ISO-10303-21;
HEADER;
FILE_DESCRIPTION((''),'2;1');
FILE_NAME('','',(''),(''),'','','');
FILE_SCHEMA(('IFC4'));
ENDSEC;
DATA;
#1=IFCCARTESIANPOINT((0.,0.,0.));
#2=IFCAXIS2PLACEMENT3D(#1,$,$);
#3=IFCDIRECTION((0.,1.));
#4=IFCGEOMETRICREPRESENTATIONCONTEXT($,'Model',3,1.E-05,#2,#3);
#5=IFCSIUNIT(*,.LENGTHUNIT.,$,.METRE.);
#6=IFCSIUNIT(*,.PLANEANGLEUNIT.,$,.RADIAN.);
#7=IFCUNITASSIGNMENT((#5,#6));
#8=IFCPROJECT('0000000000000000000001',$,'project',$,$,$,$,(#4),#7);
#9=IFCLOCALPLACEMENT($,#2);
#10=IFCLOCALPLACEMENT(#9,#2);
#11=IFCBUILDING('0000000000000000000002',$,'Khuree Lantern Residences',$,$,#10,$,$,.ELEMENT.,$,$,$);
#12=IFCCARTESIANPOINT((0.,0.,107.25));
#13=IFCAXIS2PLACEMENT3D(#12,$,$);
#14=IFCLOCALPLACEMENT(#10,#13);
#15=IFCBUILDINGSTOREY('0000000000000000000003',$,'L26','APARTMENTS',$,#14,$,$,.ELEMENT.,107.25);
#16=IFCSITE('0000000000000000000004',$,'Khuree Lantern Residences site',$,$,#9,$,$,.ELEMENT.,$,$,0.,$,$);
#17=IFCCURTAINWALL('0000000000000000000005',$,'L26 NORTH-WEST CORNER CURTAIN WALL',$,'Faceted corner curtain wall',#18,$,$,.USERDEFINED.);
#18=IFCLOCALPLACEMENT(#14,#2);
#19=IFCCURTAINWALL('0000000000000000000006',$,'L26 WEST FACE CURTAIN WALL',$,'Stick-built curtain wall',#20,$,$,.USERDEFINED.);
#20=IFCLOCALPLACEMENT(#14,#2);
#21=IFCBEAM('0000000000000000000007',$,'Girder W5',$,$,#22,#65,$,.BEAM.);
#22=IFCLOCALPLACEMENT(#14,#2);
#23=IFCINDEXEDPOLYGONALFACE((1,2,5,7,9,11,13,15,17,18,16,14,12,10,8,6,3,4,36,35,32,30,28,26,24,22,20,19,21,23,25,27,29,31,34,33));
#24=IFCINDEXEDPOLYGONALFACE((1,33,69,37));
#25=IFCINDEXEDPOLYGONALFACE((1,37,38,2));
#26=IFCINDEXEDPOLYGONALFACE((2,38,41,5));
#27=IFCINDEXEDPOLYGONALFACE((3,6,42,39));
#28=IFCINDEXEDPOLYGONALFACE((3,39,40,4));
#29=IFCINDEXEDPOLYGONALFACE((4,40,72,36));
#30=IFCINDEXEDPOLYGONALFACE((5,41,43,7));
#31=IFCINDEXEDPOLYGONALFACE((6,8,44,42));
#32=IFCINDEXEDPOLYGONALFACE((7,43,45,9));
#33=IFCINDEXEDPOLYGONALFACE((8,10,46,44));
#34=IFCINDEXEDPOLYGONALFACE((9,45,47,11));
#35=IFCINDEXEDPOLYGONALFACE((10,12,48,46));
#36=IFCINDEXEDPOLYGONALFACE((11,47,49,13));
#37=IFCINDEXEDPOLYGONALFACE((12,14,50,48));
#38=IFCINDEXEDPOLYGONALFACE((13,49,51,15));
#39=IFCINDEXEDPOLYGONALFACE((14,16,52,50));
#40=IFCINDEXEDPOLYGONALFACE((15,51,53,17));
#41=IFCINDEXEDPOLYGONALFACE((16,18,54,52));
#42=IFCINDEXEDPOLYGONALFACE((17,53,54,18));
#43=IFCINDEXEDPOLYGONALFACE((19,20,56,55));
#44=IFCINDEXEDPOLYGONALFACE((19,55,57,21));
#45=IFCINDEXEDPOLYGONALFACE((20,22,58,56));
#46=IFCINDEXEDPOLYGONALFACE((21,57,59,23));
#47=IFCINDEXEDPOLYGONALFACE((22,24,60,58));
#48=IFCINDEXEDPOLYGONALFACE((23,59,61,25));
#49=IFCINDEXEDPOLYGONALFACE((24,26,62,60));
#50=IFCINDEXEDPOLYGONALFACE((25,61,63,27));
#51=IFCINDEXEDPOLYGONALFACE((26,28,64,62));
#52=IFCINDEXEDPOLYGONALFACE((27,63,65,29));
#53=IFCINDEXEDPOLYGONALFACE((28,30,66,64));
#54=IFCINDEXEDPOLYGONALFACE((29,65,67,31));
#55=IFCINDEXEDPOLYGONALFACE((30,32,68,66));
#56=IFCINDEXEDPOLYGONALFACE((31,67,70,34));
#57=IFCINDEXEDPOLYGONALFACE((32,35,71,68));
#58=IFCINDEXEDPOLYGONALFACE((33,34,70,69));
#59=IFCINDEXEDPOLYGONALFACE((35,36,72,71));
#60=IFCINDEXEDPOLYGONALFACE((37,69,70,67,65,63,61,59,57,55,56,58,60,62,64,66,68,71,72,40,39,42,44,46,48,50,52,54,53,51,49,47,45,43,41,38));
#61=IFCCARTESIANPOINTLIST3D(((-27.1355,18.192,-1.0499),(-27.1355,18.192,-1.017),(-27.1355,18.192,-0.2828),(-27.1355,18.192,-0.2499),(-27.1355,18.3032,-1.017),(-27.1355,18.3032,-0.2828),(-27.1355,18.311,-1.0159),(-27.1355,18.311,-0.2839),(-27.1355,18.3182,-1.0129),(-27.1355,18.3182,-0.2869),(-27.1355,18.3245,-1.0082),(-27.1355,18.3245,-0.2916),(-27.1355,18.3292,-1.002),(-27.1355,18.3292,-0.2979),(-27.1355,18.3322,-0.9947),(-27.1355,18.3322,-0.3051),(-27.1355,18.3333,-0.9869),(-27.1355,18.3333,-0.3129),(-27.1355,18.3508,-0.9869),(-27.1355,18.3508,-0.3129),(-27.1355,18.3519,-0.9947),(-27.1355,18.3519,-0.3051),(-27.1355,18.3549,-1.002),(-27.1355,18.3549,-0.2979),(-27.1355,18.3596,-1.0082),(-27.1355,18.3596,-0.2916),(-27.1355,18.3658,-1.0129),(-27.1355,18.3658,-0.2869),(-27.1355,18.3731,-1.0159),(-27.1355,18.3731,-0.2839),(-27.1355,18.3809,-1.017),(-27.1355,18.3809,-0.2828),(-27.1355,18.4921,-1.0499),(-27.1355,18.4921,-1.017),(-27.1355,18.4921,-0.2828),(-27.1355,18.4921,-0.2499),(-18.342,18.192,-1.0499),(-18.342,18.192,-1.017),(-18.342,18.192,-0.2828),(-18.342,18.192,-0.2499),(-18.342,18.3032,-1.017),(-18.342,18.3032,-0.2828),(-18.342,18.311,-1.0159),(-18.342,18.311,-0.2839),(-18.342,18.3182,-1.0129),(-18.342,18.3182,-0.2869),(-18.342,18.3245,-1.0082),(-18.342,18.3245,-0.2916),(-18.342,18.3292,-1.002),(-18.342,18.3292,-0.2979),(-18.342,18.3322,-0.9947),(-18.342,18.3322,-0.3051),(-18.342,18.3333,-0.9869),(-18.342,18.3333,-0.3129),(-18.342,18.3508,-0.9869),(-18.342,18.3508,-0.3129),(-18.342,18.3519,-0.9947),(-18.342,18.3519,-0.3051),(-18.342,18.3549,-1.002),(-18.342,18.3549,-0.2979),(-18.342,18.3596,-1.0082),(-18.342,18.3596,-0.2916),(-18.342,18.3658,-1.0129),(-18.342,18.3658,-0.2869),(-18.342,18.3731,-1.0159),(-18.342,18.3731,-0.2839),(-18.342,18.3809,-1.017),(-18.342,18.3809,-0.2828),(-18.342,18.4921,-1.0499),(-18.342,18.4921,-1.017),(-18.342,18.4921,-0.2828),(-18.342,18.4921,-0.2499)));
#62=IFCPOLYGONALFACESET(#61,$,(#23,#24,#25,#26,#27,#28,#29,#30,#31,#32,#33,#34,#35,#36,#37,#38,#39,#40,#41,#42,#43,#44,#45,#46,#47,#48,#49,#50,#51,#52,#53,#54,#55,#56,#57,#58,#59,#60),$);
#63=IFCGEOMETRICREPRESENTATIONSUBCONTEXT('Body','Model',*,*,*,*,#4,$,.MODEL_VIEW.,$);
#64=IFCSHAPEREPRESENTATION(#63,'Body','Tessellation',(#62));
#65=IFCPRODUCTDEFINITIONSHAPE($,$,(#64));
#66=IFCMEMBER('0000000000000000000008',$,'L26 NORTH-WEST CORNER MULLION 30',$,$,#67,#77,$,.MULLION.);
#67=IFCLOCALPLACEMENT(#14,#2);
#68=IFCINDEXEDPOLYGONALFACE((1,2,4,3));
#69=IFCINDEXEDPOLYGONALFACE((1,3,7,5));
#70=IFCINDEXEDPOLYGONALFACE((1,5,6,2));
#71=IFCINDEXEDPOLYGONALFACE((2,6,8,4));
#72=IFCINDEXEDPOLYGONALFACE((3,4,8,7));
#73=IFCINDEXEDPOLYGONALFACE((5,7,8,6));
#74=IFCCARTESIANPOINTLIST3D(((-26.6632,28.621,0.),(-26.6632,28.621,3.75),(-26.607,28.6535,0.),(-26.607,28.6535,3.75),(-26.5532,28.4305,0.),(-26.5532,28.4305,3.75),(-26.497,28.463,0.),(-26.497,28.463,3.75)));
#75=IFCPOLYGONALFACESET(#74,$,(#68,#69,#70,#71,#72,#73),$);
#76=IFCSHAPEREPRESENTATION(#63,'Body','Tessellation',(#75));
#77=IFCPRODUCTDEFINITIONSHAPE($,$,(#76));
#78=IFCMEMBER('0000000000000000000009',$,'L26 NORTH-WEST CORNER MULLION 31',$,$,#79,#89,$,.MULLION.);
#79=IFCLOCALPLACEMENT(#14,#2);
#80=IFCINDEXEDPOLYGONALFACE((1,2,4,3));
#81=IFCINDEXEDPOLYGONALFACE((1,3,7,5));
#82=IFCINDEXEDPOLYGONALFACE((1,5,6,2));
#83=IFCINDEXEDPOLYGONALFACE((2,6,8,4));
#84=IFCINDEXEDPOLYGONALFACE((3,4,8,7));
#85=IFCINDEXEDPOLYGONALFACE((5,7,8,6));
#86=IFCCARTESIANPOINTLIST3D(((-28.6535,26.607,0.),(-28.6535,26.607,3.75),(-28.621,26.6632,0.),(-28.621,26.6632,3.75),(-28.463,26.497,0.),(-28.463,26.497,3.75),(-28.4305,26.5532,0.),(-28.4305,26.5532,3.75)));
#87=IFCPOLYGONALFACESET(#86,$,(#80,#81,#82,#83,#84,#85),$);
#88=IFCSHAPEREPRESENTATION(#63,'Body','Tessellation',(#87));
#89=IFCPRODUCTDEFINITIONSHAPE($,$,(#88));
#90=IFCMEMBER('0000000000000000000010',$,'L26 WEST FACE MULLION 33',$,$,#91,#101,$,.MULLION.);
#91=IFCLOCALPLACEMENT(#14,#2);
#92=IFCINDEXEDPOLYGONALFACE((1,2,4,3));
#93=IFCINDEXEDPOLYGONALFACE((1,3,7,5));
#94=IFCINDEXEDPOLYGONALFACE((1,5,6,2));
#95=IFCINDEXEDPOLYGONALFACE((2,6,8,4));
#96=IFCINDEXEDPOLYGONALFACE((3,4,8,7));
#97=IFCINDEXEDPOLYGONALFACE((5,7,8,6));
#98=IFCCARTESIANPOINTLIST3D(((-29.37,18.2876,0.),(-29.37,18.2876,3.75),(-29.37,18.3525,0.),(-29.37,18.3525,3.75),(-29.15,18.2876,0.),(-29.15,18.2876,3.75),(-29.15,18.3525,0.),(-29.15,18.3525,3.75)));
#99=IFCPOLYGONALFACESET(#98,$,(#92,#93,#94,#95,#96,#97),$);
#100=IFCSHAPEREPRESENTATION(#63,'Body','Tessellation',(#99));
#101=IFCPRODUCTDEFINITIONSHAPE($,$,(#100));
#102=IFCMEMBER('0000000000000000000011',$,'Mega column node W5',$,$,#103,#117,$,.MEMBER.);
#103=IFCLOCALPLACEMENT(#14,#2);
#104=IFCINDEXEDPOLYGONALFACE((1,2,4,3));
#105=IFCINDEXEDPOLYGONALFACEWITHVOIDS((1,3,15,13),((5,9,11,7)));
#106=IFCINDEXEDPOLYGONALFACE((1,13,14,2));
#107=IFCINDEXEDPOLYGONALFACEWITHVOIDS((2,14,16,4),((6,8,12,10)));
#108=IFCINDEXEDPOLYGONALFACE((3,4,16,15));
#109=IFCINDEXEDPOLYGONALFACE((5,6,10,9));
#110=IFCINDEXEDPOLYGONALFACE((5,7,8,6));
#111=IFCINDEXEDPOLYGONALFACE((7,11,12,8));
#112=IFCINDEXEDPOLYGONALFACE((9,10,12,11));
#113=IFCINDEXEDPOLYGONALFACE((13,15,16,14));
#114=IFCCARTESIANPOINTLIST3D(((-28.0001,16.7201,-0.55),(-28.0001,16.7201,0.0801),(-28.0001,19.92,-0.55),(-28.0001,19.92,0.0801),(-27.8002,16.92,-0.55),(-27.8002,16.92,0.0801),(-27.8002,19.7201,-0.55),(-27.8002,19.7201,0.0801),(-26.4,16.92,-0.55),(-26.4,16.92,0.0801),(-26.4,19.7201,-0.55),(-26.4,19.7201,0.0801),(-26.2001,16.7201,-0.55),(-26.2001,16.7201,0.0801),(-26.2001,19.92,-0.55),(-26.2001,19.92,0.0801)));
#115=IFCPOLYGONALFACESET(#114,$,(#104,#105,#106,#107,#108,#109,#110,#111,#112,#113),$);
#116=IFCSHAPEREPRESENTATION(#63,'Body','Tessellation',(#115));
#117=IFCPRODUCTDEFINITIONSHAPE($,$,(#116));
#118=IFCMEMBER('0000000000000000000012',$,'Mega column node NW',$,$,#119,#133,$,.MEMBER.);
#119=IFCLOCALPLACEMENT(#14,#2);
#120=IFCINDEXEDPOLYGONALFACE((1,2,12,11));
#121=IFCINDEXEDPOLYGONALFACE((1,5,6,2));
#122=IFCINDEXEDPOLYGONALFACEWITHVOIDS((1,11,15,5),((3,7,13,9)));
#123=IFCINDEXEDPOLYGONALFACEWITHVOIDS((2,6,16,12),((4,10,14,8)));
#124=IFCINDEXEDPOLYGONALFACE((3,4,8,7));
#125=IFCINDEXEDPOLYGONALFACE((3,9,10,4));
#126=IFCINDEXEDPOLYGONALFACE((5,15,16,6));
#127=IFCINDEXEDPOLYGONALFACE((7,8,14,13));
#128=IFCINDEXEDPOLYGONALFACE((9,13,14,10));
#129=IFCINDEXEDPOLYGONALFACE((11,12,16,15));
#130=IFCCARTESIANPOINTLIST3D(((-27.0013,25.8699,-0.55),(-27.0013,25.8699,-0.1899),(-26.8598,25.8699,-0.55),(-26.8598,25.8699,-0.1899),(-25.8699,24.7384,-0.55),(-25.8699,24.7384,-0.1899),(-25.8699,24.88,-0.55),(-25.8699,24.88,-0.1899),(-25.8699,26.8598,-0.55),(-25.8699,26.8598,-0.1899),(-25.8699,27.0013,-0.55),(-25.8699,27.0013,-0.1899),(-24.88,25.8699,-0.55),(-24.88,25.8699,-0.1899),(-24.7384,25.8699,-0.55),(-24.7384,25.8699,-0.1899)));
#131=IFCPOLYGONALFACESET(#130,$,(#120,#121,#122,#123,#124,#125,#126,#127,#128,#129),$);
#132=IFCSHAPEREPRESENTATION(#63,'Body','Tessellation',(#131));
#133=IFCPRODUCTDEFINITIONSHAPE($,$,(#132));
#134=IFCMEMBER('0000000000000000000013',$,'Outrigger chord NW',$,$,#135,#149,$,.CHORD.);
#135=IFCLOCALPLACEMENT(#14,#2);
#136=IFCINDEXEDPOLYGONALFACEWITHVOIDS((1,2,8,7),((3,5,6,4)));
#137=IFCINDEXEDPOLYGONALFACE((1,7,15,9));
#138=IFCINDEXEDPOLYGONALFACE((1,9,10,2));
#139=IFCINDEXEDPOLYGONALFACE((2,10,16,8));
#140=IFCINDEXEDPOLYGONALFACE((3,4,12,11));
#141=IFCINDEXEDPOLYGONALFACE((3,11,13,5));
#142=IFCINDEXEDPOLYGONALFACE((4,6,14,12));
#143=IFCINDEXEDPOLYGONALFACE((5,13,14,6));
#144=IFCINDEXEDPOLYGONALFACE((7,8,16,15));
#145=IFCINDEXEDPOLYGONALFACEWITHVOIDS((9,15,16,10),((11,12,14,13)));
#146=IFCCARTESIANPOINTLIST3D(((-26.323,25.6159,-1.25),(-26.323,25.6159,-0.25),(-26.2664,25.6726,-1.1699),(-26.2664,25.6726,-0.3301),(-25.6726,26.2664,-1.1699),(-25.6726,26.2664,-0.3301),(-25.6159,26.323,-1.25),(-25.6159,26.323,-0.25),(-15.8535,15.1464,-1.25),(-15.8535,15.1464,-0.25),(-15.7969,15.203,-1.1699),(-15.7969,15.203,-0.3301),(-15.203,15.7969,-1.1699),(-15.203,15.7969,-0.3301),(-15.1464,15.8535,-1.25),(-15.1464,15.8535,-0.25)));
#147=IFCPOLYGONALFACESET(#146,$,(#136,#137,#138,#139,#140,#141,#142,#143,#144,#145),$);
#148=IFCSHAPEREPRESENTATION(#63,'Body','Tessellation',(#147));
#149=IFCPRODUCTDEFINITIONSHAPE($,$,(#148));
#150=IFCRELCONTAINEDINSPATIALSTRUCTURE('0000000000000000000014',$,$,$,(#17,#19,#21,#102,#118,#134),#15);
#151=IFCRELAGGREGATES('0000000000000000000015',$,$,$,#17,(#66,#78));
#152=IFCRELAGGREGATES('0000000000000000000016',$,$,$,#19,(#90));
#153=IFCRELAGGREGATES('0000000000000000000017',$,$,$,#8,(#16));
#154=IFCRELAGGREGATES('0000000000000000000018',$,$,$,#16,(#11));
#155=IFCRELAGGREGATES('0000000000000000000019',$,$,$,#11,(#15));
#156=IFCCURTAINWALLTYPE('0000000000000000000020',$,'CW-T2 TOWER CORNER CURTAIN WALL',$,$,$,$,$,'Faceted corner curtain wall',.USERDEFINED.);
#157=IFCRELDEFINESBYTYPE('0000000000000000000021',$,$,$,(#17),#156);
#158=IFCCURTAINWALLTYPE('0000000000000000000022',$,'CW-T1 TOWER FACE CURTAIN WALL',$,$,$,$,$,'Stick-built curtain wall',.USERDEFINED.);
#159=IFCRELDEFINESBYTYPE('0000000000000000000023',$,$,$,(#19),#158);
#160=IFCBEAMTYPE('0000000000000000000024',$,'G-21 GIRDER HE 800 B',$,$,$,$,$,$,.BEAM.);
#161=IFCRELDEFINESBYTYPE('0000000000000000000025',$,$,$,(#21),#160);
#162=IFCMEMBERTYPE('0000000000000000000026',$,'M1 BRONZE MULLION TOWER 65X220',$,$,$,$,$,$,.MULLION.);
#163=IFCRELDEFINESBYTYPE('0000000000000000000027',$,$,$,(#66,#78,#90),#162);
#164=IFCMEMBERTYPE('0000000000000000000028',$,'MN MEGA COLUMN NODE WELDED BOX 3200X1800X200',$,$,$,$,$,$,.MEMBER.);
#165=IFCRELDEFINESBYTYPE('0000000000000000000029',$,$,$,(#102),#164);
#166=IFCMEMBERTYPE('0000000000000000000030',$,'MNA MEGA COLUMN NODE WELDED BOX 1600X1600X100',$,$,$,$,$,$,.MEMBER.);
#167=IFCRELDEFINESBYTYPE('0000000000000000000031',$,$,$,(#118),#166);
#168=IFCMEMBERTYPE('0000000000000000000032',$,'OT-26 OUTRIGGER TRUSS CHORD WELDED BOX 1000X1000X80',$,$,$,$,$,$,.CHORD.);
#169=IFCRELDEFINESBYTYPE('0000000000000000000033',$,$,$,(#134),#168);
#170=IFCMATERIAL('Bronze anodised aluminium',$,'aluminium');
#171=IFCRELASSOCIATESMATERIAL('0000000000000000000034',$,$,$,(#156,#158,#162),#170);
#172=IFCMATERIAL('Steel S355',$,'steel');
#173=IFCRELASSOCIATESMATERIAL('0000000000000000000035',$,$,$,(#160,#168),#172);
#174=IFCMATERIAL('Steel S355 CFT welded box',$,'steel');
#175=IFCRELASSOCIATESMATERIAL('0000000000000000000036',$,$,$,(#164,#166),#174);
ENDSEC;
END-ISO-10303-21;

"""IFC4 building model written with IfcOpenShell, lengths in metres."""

from ifc_helpers import new_model, si_unit, direction, frame, origin, origin_2d, place, context, subcontext, project, spatial, rectangle, hollow_rectangle, i_section, extrude, material, material_profile, profile_set, type_object, element, aggregate, save


model = new_model("IFC4")

# Units and contexts
model_context = context("Model", 3, precision=1e-05, world=origin(), true_north=direction((0.0, 1.0)))
body_context = subcontext(model_context, "Body", "Model", "MODEL_VIEW")
ifc_project = project(units=[si_unit("LENGTHUNIT", "METRE"), si_unit("PLANEANGLEUNIT", "RADIAN")], contexts=[model_context])

# Site, building, storey
site_placement = place(None, origin())
site = spatial("IfcSite", under=ifc_project, at=site_placement, Name="Khuree Lantern Residences site", CompositionType="ELEMENT", RefElevation=0.0)
building_placement = place(site_placement, origin())
building = spatial("IfcBuilding", under=site, at=building_placement, Name="Khuree Lantern Residences", CompositionType="ELEMENT")
storey_placement = place(building_placement, frame((0.0, 0.0, 107.25)))
storey = spatial("IfcBuildingStorey", under=building, at=storey_placement, Name="L26", Description="APARTMENTS", CompositionType="ELEMENT", Elevation=107.25)

# Shared definitions
ifc_material_1 = material(Name="Steel S355 CFT welded box", Category="steel")

# Shared definitions
ifc_material_2 = material(Name="Steel S355", Category="steel")

# Curtain walls
ifc_material_3 = material(Name="Bronze anodised aluminium", Category="aluminium")
curtain_wall_type_1 = type_object("IfcCurtainWallType", Name="CW-T2 TOWER CORNER CURTAIN WALL", ElementType="Faceted corner curtain wall", PredefinedType="USERDEFINED", material=ifc_material_3)
curtain_wall_1_placement = place(storey_placement, origin())
curtain_wall_1 = element("IfcCurtainWall", 1, at=curtain_wall_1_placement, inside=storey, type_object=curtain_wall_type_1, Name="L26 NORTH-WEST CORNER CURTAIN WALL", ObjectType="Faceted corner curtain wall", PredefinedType="USERDEFINED")
curtain_wall_type_2 = type_object("IfcCurtainWallType", Name="CW-T1 TOWER FACE CURTAIN WALL", ElementType="Stick-built curtain wall", PredefinedType="USERDEFINED", material=ifc_material_3)
curtain_wall_2_placement = place(storey_placement, origin())
curtain_wall_2 = element("IfcCurtainWall", 2, at=curtain_wall_2_placement, inside=storey, type_object=curtain_wall_type_2, Name="L26 WEST FACE CURTAIN WALL", ObjectType="Stick-built curtain wall", PredefinedType="USERDEFINED")

# Beam
ifc_material_profile_1 = material_profile(ifc_material_2, i_section(OverallWidth=0.3, OverallDepth=0.8, WebThickness=0.0176, FlangeThickness=0.033, FilletRadius=0.03, at=origin_2d()), Name="HE 800 B")
ifc_profile_set_1 = profile_set([ifc_material_profile_1], Name="Steel S355")
beam_type_1 = type_object("IfcBeamType", Name="G-21 GIRDER HE 800 B", PredefinedType="BEAM", material=ifc_profile_set_1)
beam_1_placement = place(storey_placement, frame((-27.1355, 18.342, -0.6499), z_axis=(1.0, 0.0, 0.0), x_axis=(0.0, 1.0, 0.0)))
element("IfcBeam", 3, at=beam_1_placement, inside=storey, type_object=beam_type_1, Name="Girder W5", PredefinedType="BEAM", context=body_context, shape_type="SweptSolid", body=[
    extrude(i_section(OverallWidth=0.3, OverallDepth=0.8, WebThickness=0.0176, FlangeThickness=0.033, FilletRadius=0.03, at=origin_2d()), origin(), (0.0, 0.0, 1.0), 8.7935),
])

# Members
ifc_material_profile_2 = material_profile(ifc_material_3, rectangle(XDim=0.0649, YDim=0.22, at=origin_2d()), Name="M1 65X220")
ifc_profile_set_2 = profile_set([ifc_material_profile_2], Name="Bronze anodised aluminium")
member_type_1 = type_object("IfcMemberType", Name="M1 BRONZE MULLION TOWER 65X220", PredefinedType="MULLION", material=ifc_profile_set_2)
member_1_placement = place(storey_placement, frame((-26.5801, 28.542, 0.0), z_axis=(0.0, 0.0, 1.0), x_axis=(-0.866025, -0.5, 0.0)))
member_1 = element("IfcMember", 4, at=member_1_placement, type_object=member_type_1, Name="L26 NORTH-WEST CORNER MULLION 30", PredefinedType="MULLION", context=body_context, shape_type="SweptSolid", body=[
    extrude(rectangle(XDim=0.0649, YDim=0.22, at=origin_2d()), origin(), (0.0, 0.0, 1.0), 3.75),
])
member_2_placement = place(storey_placement, frame((-28.542, 26.5801, 0.0), z_axis=(0.0, 0.0, 1.0), x_axis=(-0.5, -0.866025, 0.0)))
member_2 = element("IfcMember", 5, at=member_2_placement, type_object=member_type_1, Name="L26 NORTH-WEST CORNER MULLION 31", PredefinedType="MULLION", context=body_context, shape_type="SweptSolid", body=[
    extrude(rectangle(XDim=0.0649, YDim=0.22, at=origin_2d()), origin(), (0.0, 0.0, 1.0), 3.75),
])
member_3_placement = place(storey_placement, frame((-29.26, 18.3201, 0.0), z_axis=(0.0, 0.0, 1.0), x_axis=(0.0, -1.0, 0.0)))
member_3 = element("IfcMember", 6, at=member_3_placement, type_object=member_type_1, Name="L26 WEST FACE MULLION 33", PredefinedType="MULLION", context=body_context, shape_type="SweptSolid", body=[
    extrude(rectangle(XDim=0.0649, YDim=0.22, at=origin_2d()), origin(), (0.0, 0.0, 1.0), 3.75),
])

# Members
ifc_material_profile_3 = material_profile(ifc_material_1, hollow_rectangle(XDim=3.2, YDim=1.8, WallThickness=0.2, at=origin_2d()), Name="WELDED BOX 3200X1800X200")
ifc_profile_set_3 = profile_set([ifc_material_profile_3], Name="Steel S355 CFT welded box")
member_type_2 = type_object("IfcMemberType", Name="MN MEGA COLUMN NODE WELDED BOX 3200X1800X200", PredefinedType="MEMBER", material=ifc_profile_set_3)
member_4_placement = place(storey_placement, frame((-27.1001, 18.3201, -0.55), z_axis=(0.0, 0.0, 1.0), x_axis=(0.0, 1.0, 0.0)))
element("IfcMember", 7, at=member_4_placement, inside=storey, type_object=member_type_2, Name="Mega column node W5", PredefinedType="MEMBER", context=body_context, shape_type="SweptSolid", body=[
    extrude(hollow_rectangle(XDim=3.2, YDim=1.8, WallThickness=0.2, at=origin_2d()), origin(), (0.0, 0.0, 1.0), 0.6301),
])
ifc_material_profile_4 = material_profile(ifc_material_1, hollow_rectangle(XDim=1.6001, YDim=1.6001, WallThickness=0.1001, at=origin_2d()), Name="WELDED BOX 1600X1600X100")
ifc_profile_set_4 = profile_set([ifc_material_profile_4], Name="Steel S355 CFT welded box")
member_type_3 = type_object("IfcMemberType", Name="MNA MEGA COLUMN NODE WELDED BOX 1600X1600X100", PredefinedType="MEMBER", material=ifc_profile_set_4)
member_5_placement = place(storey_placement, frame((-25.8699, 25.8699, -0.55), z_axis=(0.0, 0.0, 1.0), x_axis=(0.707107, 0.707107, 0.0)))
element("IfcMember", 8, at=member_5_placement, inside=storey, type_object=member_type_3, Name="Mega column node NW", PredefinedType="MEMBER", context=body_context, shape_type="SweptSolid", body=[
    extrude(hollow_rectangle(XDim=1.6001, YDim=1.6001, WallThickness=0.1001, at=origin_2d()), origin(), (0.0, 0.0, 1.0), 0.3601),
])
ifc_material_profile_5 = material_profile(ifc_material_2, hollow_rectangle(XDim=1.0, YDim=1.0, WallThickness=0.0801, at=origin_2d()), Name="WELDED BOX 1000X1000X80")
ifc_profile_set_5 = profile_set([ifc_material_profile_5], Name="Steel S355")
member_type_4 = type_object("IfcMemberType", Name="OT-26 OUTRIGGER TRUSS CHORD WELDED BOX 1000X1000X80", PredefinedType="CHORD", material=ifc_profile_set_5)
member_6_placement = place(storey_placement, frame((-25.9695, 25.9695, -0.75), z_axis=(0.707107, -0.707107, 0.0), x_axis=(0.707107, 0.707107, 0.0)))
element("IfcMember", 9, at=member_6_placement, inside=storey, type_object=member_type_4, Name="Outrigger chord NW", PredefinedType="CHORD", context=body_context, shape_type="SweptSolid", body=[
    extrude(hollow_rectangle(XDim=1.0, YDim=1.0, WallThickness=0.0801, at=origin_2d()), origin(), (0.0, 0.0, 1.0), 14.8062),
])

aggregate(curtain_wall_1, [member_1, member_2])

aggregate(curtain_wall_2, [member_3])

save(model, "model.ifc")
